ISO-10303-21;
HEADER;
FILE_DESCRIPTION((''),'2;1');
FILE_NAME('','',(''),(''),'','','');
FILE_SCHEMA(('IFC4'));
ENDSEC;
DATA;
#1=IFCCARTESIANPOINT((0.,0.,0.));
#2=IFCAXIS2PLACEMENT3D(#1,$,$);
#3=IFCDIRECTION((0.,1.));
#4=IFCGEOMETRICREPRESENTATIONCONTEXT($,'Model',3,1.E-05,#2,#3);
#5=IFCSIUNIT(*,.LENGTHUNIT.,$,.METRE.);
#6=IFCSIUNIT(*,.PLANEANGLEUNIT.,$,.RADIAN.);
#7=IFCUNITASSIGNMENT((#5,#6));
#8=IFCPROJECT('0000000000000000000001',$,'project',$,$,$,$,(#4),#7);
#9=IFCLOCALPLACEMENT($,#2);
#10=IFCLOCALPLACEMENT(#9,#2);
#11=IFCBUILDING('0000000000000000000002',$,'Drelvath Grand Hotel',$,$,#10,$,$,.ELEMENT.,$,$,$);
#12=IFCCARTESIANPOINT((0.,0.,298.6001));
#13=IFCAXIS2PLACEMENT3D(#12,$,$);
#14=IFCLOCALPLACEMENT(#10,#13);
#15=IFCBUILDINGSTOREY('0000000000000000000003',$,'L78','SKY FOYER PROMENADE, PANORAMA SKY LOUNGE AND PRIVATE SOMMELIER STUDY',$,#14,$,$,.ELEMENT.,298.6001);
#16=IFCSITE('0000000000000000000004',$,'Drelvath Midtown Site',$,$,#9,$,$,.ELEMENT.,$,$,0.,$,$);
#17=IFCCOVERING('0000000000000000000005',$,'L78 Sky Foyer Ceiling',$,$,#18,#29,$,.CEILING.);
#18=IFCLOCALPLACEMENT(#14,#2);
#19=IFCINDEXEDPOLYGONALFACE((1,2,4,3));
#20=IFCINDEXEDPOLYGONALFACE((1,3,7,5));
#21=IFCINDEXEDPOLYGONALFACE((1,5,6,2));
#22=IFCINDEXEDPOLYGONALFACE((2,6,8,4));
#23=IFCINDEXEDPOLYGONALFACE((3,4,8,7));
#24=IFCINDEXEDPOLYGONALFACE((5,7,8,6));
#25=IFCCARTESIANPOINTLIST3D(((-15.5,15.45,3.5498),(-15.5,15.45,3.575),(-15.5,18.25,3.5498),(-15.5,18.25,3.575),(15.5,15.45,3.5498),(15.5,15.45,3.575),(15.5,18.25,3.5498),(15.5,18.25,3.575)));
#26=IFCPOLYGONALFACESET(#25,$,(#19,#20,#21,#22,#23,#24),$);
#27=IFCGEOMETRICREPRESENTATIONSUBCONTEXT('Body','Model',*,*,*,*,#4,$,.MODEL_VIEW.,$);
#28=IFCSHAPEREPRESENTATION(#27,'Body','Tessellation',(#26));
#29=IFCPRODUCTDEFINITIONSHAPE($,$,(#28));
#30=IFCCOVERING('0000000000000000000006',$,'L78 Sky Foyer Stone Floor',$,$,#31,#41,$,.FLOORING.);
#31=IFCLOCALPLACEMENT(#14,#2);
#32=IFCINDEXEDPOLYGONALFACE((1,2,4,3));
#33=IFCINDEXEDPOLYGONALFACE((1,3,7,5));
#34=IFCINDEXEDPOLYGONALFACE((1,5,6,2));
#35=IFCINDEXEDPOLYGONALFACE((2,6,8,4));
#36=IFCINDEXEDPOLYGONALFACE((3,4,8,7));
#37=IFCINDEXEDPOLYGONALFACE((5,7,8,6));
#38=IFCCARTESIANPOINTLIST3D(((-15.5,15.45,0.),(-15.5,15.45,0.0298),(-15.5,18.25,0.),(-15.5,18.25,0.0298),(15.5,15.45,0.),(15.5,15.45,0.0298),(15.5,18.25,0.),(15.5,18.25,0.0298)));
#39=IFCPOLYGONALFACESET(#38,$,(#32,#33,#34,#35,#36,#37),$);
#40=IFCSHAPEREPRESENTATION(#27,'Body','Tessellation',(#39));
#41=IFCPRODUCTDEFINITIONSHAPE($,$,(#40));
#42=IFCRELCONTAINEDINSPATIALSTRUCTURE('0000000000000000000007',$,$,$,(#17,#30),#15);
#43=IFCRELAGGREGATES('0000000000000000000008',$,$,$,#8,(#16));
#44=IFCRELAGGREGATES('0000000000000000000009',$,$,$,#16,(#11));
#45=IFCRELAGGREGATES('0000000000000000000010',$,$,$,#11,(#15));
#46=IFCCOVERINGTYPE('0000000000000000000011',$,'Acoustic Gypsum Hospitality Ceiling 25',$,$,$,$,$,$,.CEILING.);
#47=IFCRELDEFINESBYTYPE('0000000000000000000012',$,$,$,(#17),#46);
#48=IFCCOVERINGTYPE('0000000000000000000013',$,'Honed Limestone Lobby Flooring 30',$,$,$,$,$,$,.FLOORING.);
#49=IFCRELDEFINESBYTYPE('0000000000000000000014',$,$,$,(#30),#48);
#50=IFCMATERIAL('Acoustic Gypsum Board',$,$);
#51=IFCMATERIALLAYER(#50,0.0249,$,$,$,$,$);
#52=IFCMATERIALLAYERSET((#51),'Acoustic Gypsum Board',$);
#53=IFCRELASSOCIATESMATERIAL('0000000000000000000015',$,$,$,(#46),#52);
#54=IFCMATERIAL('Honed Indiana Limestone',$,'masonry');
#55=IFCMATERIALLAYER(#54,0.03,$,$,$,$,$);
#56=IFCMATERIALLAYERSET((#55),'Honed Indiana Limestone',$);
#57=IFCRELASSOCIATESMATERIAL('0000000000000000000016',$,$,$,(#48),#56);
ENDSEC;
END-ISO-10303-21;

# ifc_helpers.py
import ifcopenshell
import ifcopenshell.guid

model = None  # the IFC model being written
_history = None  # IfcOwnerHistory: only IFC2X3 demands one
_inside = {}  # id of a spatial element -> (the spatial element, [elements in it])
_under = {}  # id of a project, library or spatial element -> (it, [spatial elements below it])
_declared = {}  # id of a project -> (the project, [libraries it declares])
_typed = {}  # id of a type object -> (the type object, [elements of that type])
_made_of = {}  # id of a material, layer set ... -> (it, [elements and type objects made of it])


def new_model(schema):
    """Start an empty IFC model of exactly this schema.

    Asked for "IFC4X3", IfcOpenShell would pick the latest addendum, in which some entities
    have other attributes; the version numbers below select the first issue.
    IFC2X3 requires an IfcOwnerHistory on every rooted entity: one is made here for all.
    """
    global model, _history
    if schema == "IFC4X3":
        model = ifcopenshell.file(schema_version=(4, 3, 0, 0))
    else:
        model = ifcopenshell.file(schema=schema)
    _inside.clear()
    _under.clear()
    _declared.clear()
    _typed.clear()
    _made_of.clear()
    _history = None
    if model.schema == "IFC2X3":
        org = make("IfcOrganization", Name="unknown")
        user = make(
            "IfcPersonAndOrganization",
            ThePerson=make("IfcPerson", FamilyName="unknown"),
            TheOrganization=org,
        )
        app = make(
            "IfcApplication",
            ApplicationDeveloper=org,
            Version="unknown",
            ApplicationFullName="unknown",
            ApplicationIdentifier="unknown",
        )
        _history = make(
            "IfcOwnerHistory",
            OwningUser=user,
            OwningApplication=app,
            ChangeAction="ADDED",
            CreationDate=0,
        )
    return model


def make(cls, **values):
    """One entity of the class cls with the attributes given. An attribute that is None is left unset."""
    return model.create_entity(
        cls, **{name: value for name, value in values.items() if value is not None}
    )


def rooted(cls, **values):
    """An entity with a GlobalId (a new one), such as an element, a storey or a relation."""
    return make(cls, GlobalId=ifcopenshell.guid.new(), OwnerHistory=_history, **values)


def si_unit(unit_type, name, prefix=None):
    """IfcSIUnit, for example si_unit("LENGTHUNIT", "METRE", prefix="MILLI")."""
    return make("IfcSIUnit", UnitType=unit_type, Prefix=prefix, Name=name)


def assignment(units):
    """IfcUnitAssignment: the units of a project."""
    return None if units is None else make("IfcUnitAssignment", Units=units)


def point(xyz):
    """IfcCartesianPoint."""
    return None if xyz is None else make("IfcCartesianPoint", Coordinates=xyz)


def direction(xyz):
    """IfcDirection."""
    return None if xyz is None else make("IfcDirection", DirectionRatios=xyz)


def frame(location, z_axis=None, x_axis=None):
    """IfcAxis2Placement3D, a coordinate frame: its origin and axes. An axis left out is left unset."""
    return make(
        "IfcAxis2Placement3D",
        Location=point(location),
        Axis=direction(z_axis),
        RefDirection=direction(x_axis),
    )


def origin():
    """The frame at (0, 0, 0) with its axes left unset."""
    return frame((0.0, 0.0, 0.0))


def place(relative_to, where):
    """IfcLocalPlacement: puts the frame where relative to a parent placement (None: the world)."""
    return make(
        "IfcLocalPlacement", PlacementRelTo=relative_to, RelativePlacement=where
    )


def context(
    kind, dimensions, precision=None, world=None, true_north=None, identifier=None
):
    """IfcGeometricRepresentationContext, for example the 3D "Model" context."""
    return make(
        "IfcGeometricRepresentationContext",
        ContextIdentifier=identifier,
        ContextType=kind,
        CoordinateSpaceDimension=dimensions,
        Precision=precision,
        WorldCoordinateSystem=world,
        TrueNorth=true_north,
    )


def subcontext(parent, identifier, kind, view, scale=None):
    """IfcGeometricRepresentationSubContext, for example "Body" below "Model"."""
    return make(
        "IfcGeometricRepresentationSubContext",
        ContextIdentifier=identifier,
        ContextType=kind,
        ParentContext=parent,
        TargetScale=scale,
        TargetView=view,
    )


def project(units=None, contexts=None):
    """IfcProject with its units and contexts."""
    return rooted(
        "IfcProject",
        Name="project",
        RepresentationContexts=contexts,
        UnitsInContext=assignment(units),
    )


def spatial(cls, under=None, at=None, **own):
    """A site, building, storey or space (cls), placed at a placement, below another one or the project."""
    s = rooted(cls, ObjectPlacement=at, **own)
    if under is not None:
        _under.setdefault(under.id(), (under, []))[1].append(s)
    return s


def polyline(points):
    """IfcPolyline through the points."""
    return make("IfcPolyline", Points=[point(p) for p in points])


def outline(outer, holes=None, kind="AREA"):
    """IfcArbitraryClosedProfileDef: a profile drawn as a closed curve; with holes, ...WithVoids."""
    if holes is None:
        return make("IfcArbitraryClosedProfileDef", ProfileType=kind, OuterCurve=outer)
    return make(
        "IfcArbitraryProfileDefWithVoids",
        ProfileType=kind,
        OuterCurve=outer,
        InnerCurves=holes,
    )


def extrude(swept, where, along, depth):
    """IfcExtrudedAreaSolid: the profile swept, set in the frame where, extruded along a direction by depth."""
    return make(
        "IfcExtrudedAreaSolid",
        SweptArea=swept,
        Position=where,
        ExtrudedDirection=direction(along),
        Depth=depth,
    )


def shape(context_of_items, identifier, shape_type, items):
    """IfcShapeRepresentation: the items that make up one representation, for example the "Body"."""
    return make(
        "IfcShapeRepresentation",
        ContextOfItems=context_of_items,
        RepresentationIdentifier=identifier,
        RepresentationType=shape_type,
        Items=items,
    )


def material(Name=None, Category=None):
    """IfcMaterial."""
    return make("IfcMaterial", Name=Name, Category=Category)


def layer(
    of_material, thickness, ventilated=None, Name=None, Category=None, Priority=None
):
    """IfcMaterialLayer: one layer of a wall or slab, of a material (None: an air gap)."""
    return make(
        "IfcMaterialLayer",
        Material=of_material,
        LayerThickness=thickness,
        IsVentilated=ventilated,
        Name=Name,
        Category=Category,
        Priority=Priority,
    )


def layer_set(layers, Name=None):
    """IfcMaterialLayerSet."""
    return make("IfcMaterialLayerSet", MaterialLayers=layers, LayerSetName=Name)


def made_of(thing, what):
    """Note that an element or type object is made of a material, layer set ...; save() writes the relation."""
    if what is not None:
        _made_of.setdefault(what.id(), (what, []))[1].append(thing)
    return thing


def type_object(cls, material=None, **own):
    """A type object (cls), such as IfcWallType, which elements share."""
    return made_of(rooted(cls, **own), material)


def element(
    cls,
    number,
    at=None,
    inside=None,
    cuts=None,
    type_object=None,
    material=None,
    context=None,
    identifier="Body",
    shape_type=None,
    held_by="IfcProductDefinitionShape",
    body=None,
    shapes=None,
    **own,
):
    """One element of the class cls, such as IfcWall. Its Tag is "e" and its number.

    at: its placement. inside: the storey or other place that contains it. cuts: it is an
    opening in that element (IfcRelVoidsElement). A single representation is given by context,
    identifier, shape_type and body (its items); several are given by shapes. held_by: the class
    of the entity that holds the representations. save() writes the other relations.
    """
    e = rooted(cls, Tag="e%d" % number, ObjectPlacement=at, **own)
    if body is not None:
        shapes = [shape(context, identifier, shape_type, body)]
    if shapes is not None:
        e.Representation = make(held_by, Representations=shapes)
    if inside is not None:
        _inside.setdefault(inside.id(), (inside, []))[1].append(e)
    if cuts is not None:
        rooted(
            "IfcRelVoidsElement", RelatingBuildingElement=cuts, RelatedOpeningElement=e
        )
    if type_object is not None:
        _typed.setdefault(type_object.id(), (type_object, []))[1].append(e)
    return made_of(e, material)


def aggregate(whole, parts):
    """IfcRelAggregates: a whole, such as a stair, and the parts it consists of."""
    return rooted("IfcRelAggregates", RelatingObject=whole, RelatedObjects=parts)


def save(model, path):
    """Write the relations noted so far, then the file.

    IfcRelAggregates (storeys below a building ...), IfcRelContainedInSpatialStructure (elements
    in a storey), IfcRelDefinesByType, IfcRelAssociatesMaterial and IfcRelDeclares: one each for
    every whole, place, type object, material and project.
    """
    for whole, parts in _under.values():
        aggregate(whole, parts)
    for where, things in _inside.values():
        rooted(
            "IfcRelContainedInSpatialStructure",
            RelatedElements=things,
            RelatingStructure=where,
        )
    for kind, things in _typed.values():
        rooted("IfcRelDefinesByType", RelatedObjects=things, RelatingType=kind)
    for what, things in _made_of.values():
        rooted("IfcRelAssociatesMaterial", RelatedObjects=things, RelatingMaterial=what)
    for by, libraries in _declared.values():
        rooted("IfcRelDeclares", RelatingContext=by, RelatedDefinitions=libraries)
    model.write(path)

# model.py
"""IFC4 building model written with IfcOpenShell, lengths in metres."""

from ifc_helpers import new_model, si_unit, direction, frame, origin, place, context, subcontext, project, spatial, polyline, outline, extrude, material, layer, layer_set, type_object, element, save


model = new_model("IFC4")

# Units and contexts
model_context = context("Model", 3, precision=1e-05, world=origin(), true_north=direction((0.0, 1.0)))
body_context = subcontext(model_context, "Body", "Model", "MODEL_VIEW")
ifc_project = project(units=[si_unit("LENGTHUNIT", "METRE"), si_unit("PLANEANGLEUNIT", "RADIAN")], contexts=[model_context])

# Site, building, storey
site_placement = place(None, origin())
site = spatial("IfcSite", under=ifc_project, at=site_placement, Name="Drelvath Midtown Site", CompositionType="ELEMENT", RefElevation=0.0)
building_placement = place(site_placement, origin())
building = spatial("IfcBuilding", under=site, at=building_placement, Name="Drelvath Grand Hotel", CompositionType="ELEMENT")
storey_placement = place(building_placement, frame((0.0, 0.0, 298.6001)))
storey = spatial("IfcBuildingStorey", under=building, at=storey_placement, Name="L78", Description="SKY FOYER PROMENADE, PANORAMA SKY LOUNGE AND PRIVATE SOMMELIER STUDY", CompositionType="ELEMENT", Elevation=298.6001)

# Coverings
ifc_material_1 = material(Name="Acoustic Gypsum Board")
ifc_layer_1 = layer(ifc_material_1, 0.0249)
ifc_layer_set_1 = layer_set([ifc_layer_1], Name="Acoustic Gypsum Board")
covering_type_1 = type_object("IfcCoveringType", Name="Acoustic Gypsum Hospitality Ceiling 25", PredefinedType="CEILING", material=ifc_layer_set_1)
covering_1_placement = place(storey_placement, frame((0.0, 0.0, 3.5498)))
element("IfcCovering", 1, at=covering_1_placement, inside=storey, type_object=covering_type_1, Name="L78 Sky Foyer Ceiling", PredefinedType="CEILING", context=body_context, shape_type="SweptSolid", body=[
    extrude(outline(polyline([(15.5, 15.45), (15.5, 18.25), (-15.5, 18.25), (-15.5, 15.45), (15.5, 15.45)])), origin(), (0.0, 0.0, 1.0), 0.0251),
])
ifc_material_2 = material(Name="Honed Indiana Limestone", Category="masonry")
ifc_layer_2 = layer(ifc_material_2, 0.03)
ifc_layer_set_2 = layer_set([ifc_layer_2], Name="Honed Indiana Limestone")
covering_type_2 = type_object("IfcCoveringType", Name="Honed Limestone Lobby Flooring 30", PredefinedType="FLOORING", material=ifc_layer_set_2)
covering_2_placement = place(storey_placement, origin())
element("IfcCovering", 2, at=covering_2_placement, inside=storey, type_object=covering_type_2, Name="L78 Sky Foyer Stone Floor", PredefinedType="FLOORING", context=body_context, shape_type="SweptSolid", body=[
    extrude(outline(polyline([(15.5, 15.45), (15.5, 18.25), (-15.5, 18.25), (-15.5, 15.45), (15.5, 15.45)])), origin(), (0.0, 0.0, 1.0), 0.0298),
])

save(model, "model.ifc")
